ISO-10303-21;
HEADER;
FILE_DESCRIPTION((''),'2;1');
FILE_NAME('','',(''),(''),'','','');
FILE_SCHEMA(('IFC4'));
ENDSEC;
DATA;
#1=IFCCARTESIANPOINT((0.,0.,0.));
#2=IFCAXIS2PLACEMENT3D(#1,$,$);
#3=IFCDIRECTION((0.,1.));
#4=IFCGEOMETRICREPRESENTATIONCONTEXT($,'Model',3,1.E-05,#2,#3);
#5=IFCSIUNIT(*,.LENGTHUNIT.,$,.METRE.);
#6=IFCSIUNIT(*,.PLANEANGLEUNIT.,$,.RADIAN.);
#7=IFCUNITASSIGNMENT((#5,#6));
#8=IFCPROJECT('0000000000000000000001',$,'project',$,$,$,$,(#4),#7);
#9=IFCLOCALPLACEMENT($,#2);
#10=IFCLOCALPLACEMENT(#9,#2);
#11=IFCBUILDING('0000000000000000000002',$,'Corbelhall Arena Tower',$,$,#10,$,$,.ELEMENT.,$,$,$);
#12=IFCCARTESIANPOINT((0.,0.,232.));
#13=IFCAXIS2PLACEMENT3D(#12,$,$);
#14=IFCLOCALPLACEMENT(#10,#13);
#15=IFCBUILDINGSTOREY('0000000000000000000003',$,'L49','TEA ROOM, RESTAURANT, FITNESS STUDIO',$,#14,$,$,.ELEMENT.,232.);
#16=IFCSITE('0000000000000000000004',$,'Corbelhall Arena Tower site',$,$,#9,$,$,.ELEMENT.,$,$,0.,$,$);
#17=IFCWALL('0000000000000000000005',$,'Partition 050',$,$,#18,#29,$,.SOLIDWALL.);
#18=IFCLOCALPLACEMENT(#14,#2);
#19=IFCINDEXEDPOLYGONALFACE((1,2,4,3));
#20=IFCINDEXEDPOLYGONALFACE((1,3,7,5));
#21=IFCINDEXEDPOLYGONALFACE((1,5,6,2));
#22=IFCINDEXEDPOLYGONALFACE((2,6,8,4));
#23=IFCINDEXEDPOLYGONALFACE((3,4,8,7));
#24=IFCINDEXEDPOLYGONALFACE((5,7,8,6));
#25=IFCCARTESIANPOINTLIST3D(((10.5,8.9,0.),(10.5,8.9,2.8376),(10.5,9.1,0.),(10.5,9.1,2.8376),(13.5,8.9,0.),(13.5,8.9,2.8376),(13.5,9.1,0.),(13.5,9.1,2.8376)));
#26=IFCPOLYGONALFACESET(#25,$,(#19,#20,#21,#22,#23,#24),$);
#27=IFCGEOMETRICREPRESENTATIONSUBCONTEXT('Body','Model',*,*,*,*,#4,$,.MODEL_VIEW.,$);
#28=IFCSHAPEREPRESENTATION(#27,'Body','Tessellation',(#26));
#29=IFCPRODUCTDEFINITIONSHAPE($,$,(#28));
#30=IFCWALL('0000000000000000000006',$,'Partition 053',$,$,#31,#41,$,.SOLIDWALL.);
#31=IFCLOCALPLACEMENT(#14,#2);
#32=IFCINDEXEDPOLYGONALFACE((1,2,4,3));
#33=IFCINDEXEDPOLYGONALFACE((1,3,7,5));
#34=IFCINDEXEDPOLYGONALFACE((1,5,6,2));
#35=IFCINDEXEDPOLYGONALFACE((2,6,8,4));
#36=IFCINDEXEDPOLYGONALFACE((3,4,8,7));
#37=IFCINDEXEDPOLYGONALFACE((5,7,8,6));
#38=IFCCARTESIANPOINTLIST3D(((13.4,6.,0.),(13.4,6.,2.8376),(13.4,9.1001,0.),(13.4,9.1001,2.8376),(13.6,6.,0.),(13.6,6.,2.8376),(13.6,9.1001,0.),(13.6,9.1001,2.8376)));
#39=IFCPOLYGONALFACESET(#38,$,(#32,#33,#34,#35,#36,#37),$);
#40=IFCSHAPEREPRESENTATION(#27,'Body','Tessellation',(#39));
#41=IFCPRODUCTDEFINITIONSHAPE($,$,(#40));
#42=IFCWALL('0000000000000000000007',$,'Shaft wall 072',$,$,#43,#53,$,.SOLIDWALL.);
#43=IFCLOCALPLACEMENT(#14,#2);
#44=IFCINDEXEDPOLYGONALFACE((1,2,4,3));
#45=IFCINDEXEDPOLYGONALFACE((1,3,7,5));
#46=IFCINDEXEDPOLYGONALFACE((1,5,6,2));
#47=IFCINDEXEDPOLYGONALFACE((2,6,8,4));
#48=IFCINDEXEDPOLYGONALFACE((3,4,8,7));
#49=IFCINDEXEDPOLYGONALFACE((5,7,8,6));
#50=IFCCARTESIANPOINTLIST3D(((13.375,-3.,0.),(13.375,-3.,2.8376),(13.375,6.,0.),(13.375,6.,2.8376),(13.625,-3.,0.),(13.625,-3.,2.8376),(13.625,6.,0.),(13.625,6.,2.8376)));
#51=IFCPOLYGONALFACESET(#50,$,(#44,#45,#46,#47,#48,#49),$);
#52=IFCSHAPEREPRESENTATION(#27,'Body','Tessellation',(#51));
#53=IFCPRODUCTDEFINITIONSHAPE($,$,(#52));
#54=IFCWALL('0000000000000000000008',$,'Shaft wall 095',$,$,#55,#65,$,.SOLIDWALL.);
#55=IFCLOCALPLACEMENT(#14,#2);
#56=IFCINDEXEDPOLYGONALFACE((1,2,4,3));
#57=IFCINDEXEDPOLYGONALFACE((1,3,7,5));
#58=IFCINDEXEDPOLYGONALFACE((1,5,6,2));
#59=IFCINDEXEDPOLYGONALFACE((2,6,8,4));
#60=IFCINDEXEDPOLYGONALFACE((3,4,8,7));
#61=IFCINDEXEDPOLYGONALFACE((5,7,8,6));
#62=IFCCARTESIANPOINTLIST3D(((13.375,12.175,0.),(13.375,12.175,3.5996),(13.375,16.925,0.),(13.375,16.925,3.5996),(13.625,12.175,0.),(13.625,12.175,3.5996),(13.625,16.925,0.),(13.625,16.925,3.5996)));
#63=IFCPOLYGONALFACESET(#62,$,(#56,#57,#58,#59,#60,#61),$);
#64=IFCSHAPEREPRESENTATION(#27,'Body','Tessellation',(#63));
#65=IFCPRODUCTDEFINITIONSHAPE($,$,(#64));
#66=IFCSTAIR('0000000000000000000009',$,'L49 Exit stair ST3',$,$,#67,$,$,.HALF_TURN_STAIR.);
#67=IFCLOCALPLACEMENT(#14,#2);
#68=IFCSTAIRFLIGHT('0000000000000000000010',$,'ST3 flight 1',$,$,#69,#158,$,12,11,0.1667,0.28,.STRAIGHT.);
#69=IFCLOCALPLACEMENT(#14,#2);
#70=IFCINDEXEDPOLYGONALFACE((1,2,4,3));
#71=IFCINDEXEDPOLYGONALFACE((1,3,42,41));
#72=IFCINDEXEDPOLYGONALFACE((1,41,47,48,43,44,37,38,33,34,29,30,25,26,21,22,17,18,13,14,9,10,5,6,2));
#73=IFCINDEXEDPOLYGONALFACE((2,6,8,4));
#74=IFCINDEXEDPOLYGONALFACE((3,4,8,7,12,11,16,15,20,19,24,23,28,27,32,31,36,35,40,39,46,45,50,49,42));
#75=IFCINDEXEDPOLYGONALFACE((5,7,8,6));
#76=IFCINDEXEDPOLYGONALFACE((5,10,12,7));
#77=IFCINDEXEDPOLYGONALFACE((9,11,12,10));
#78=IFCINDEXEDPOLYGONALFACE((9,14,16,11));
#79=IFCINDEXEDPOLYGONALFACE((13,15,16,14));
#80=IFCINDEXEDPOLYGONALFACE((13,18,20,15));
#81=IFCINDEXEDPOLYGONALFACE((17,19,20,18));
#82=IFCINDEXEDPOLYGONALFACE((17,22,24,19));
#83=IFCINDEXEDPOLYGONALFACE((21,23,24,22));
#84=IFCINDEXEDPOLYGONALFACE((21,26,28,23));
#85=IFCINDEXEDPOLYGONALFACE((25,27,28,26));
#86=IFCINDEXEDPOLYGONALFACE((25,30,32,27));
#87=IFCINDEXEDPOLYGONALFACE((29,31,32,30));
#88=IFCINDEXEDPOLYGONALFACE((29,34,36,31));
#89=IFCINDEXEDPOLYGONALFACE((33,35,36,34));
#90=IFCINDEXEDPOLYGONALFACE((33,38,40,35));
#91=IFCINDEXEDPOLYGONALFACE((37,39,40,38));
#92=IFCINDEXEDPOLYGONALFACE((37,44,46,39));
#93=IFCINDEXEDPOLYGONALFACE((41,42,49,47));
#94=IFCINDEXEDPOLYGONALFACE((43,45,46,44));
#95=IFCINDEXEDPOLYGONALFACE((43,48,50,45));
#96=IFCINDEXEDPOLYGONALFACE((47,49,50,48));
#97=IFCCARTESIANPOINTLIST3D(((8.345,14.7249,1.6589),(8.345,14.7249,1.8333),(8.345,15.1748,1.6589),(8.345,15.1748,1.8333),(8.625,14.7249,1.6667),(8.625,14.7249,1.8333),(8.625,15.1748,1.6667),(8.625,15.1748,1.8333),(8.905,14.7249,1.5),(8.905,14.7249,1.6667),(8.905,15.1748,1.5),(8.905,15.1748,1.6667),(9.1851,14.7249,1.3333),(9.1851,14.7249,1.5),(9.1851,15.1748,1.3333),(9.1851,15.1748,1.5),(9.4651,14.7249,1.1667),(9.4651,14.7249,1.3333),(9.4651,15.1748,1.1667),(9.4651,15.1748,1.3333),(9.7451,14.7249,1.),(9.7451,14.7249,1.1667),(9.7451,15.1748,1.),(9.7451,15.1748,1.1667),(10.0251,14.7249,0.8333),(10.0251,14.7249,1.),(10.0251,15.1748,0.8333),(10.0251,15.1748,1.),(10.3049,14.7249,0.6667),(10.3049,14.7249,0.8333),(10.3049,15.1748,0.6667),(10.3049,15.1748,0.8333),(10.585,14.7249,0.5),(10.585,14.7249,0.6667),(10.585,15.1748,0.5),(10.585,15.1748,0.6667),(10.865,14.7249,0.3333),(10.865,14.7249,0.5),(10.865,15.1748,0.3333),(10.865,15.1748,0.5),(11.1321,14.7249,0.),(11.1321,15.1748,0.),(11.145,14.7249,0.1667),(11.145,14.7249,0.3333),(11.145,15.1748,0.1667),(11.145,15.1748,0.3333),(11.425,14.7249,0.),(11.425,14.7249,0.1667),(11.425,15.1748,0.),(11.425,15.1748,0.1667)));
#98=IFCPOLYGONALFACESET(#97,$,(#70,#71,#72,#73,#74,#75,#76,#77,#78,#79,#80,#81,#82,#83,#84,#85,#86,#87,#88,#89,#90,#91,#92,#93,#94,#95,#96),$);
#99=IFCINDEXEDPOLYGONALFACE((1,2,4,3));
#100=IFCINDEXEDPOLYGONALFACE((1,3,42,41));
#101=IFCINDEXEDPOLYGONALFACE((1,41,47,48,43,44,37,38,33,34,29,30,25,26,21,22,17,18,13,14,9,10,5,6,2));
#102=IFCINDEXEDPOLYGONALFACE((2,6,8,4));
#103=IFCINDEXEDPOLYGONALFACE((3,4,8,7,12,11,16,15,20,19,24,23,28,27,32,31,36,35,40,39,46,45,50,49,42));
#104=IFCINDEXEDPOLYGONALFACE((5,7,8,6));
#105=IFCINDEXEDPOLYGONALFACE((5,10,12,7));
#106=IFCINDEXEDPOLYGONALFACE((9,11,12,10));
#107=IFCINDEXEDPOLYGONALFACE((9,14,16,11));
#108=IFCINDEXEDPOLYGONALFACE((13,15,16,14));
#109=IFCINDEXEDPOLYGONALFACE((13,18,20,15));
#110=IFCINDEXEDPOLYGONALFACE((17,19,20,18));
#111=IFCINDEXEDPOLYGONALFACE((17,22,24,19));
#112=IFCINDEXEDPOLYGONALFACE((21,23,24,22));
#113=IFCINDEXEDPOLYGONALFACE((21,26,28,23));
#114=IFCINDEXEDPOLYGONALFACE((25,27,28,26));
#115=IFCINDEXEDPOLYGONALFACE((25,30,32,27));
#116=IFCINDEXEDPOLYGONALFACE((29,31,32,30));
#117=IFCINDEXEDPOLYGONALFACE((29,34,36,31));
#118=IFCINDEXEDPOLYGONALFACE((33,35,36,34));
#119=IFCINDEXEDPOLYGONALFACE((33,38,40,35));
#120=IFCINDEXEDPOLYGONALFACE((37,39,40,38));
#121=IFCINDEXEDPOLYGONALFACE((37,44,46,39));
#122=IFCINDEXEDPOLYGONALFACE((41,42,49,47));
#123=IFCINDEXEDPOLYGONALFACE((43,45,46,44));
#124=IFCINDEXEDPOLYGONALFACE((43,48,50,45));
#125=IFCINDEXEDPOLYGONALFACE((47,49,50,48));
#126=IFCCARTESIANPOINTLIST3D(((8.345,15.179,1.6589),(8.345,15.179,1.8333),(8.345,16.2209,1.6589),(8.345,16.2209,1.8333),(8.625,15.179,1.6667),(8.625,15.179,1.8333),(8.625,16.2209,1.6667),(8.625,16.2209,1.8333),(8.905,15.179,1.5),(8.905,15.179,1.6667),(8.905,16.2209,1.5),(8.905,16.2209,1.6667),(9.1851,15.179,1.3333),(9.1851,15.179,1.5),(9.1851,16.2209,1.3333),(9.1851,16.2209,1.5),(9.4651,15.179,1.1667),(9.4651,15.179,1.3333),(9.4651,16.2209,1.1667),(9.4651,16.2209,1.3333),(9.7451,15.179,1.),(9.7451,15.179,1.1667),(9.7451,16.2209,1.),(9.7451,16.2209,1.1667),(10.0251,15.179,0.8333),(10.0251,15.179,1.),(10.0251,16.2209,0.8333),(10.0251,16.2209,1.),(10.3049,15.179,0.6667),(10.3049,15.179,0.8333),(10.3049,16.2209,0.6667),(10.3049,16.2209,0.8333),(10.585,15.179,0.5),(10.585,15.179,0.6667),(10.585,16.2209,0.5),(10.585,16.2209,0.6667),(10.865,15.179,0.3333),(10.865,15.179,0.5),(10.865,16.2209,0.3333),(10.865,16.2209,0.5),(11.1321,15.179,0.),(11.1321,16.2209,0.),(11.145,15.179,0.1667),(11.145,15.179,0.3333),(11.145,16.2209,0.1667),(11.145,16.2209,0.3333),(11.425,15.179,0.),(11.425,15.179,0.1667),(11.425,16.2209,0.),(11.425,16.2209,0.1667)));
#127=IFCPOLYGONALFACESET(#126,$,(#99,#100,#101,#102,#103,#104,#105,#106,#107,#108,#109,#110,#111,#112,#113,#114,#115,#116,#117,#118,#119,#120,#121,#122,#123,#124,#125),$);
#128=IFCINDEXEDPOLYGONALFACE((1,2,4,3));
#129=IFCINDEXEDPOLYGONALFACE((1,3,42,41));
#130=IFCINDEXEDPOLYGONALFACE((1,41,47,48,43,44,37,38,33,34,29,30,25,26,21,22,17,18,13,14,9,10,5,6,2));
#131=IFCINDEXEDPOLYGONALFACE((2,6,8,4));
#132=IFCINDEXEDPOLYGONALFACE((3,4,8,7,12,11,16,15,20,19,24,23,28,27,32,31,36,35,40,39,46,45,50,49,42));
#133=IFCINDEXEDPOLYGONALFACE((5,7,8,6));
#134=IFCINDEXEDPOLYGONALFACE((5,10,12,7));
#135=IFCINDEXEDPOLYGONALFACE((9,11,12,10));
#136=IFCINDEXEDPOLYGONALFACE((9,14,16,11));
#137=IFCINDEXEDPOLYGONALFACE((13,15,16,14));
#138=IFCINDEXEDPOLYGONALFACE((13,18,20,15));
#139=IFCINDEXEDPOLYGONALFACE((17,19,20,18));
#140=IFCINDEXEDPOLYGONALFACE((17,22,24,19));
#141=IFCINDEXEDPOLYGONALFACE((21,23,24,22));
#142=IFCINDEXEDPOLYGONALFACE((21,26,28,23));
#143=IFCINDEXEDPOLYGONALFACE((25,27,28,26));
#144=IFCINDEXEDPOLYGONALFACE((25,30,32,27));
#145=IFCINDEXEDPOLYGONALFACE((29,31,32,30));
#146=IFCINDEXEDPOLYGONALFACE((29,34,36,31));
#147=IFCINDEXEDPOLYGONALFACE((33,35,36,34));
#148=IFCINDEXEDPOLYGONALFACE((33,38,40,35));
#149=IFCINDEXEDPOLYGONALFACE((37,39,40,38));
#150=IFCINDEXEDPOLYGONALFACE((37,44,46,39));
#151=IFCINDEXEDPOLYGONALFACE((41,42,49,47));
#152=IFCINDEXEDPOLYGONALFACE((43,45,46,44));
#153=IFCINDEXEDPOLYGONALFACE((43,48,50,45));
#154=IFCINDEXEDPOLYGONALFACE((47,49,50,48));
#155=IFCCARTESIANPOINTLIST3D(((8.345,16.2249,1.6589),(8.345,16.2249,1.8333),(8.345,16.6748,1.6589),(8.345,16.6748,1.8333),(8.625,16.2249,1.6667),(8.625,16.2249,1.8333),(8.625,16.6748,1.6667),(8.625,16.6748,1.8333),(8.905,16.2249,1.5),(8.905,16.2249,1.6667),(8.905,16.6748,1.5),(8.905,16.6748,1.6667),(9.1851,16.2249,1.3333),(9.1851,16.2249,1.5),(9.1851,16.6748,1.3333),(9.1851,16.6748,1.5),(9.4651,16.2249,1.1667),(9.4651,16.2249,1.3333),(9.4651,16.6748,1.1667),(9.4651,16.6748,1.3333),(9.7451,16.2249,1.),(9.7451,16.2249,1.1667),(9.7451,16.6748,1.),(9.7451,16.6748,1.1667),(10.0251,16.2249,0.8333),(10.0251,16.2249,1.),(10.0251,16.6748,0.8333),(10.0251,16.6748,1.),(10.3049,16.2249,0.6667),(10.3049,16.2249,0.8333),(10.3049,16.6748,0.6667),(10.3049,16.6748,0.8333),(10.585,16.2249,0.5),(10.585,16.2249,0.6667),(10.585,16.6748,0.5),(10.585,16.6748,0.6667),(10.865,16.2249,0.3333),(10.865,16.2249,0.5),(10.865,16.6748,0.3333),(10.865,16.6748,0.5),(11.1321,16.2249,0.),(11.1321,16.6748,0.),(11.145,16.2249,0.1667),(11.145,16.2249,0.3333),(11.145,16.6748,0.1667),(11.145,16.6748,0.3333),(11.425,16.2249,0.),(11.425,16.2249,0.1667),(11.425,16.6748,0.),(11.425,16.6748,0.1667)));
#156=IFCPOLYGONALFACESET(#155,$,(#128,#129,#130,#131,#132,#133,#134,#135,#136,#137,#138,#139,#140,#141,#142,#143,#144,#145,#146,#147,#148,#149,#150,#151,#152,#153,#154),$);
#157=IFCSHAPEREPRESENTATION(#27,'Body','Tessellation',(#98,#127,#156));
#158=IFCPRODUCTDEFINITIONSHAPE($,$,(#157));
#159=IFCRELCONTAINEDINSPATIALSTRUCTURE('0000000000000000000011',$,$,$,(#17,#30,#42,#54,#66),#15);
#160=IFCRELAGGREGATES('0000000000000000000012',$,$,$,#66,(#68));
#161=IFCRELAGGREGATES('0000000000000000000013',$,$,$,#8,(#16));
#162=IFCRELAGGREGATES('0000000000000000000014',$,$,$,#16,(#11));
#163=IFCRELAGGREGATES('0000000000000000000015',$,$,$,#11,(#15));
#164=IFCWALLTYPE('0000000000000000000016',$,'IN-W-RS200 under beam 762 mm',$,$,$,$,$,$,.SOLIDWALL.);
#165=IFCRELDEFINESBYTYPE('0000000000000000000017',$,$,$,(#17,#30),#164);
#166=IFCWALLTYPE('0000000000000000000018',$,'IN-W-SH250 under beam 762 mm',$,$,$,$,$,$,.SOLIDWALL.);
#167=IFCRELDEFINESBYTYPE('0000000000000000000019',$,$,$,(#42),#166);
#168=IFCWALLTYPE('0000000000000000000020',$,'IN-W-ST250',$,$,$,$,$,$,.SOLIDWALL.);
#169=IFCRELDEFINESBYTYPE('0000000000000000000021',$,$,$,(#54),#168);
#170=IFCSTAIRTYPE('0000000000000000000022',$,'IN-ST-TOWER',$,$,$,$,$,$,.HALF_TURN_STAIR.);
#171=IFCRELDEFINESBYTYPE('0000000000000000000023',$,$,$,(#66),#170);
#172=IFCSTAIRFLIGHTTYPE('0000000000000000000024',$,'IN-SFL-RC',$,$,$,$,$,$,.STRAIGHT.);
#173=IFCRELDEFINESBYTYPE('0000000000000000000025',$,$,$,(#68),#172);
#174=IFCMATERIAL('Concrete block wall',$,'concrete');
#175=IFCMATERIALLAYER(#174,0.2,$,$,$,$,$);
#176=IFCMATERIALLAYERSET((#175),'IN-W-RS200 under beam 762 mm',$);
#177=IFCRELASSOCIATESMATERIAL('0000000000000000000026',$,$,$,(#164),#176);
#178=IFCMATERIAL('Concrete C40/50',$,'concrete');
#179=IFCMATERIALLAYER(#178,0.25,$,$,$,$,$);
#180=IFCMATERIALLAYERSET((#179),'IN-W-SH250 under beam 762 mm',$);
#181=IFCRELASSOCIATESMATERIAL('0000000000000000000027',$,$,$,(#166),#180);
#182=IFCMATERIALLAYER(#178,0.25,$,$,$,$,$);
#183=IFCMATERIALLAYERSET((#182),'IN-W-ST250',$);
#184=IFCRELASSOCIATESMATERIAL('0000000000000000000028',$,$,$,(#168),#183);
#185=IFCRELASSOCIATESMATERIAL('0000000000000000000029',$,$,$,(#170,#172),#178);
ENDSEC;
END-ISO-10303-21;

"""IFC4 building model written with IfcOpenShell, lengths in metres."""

from ifc_helpers import new_model, si_unit, direction, frame, frame_2d, origin, place, context, subcontext, project, spatial, polyline, rectangle, outline, extrude, material, layer, layer_set, type_object, element, aggregate, save


model = new_model("IFC4")

# Units and contexts
model_context = context("Model", 3, precision=1e-05, world=origin(), true_north=direction((0.0, 1.0)))
body_context = subcontext(model_context, "Body", "Model", "MODEL_VIEW")
ifc_project = project(units=[si_unit("LENGTHUNIT", "METRE"), si_unit("PLANEANGLEUNIT", "RADIAN")], contexts=[model_context])

# Site, building, storey
site_placement = place(None, origin())
site = spatial("IfcSite", under=ifc_project, at=site_placement, Name="Corbelhall Arena Tower site", CompositionType="ELEMENT", RefElevation=0.0)
building_placement = place(site_placement, origin())
building = spatial("IfcBuilding", under=site, at=building_placement, Name="Corbelhall Arena Tower", CompositionType="ELEMENT")
storey_placement = place(building_placement, frame((0.0, 0.0, 232.0)))
storey = spatial("IfcBuildingStorey", under=building, at=storey_placement, Name="L49", Description="TEA ROOM, RESTAURANT, FITNESS STUDIO", CompositionType="ELEMENT", Elevation=232.0)

# Shared definitions
ifc_material_1 = material(Name="Concrete block wall", Category="concrete")

# Walls
ifc_layer_1 = layer(ifc_material_1, 0.2)
ifc_layer_set_1 = layer_set([ifc_layer_1], Name="IN-W-RS200 under beam 762 mm")
wall_type_1 = type_object("IfcWallType", Name="IN-W-RS200 under beam 762 mm", PredefinedType="SOLIDWALL", material=ifc_layer_set_1)
wall_1_placement = place(storey_placement, frame((10.5, 9.0, 0.0), z_axis=(0.0, 0.0, 1.0), x_axis=(1.0, 0.0, 0.0)))
element("IfcWall", 1, at=wall_1_placement, inside=storey, type_object=wall_type_1, Name="Partition 050", PredefinedType="SOLIDWALL", context=body_context, shape_type="SweptSolid", body=[
    extrude(rectangle(XDim=3.0, YDim=0.2, at=frame_2d((1.5, 0.0))), origin(), (0.0, 0.0, 1.0), 2.8376),
])
wall_2_placement = place(storey_placement, frame((13.5, 9.1001, 0.0), z_axis=(0.0, 0.0, 1.0), x_axis=(0.0, -1.0, 0.0)))
element("IfcWall", 2, at=wall_2_placement, inside=storey, type_object=wall_type_1, Name="Partition 053", PredefinedType="SOLIDWALL", context=body_context, shape_type="SweptSolid", body=[
    extrude(rectangle(XDim=3.1001, YDim=0.2, at=frame_2d((1.55, 0.0))), origin(), (0.0, 0.0, 1.0), 2.8376),
])
ifc_material_2 = material(Name="Concrete C40/50", Category="concrete")
ifc_layer_2 = layer(ifc_material_2, 0.25)
ifc_layer_set_2 = layer_set([ifc_layer_2], Name="IN-W-SH250 under beam 762 mm")
wall_type_2 = type_object("IfcWallType", Name="IN-W-SH250 under beam 762 mm", PredefinedType="SOLIDWALL", material=ifc_layer_set_2)
wall_3_placement = place(storey_placement, frame((13.5, 6.0, 0.0), z_axis=(0.0, 0.0, 1.0), x_axis=(0.0, -1.0, 0.0)))
element("IfcWall", 3, at=wall_3_placement, inside=storey, type_object=wall_type_2, Name="Shaft wall 072", PredefinedType="SOLIDWALL", context=body_context, shape_type="SweptSolid", body=[
    extrude(rectangle(XDim=9.0, YDim=0.25, at=frame_2d((4.5, 0.0))), origin(), (0.0, 0.0, 1.0), 2.8376),
])
ifc_layer_3 = layer(ifc_material_2, 0.25)
ifc_layer_set_3 = layer_set([ifc_layer_3], Name="IN-W-ST250")
wall_type_3 = type_object("IfcWallType", Name="IN-W-ST250", PredefinedType="SOLIDWALL", material=ifc_layer_set_3)
wall_4_placement = place(storey_placement, frame((13.5, 12.175, 0.0), z_axis=(0.0, 0.0, 1.0), x_axis=(0.0, 1.0, 0.0)))
element("IfcWall", 4, at=wall_4_placement, inside=storey, type_object=wall_type_3, Name="Shaft wall 095", PredefinedType="SOLIDWALL", context=body_context, shape_type="SweptSolid", body=[
    extrude(rectangle(XDim=4.75, YDim=0.25, at=frame_2d((2.375, 0.0))), origin(), (0.0, 0.0, 1.0), 3.5996),
])

# Stair, stair flight
stair_type = type_object("IfcStairType", Name="IN-ST-TOWER", PredefinedType="HALF_TURN_STAIR", material=ifc_material_2)
stair_placement = place(storey_placement, origin())
stair = element("IfcStair", 5, at=stair_placement, inside=storey, type_object=stair_type, Name="L49 Exit stair ST3", PredefinedType="HALF_TURN_STAIR")
stair_flight_type = type_object("IfcStairFlightType", Name="IN-SFL-RC", PredefinedType="STRAIGHT", material=ifc_material_2)
stair_flight_placement = place(storey_placement, frame((11.425, 15.7, 0.0), z_axis=(0.0, 0.0, 1.0), x_axis=(-1.0, 0.0, 0.0)))
stair_flight = element("IfcStairFlight", 6, at=stair_flight_placement, type_object=stair_flight_type, Name="ST3 flight 1", NumberOfRisers=12, NumberOfTreads=11, PredefinedType="STRAIGHT", RiserHeight=0.1667, TreadLength=0.28, context=body_context, shape_type="SweptSolid", body=[
    extrude(outline(polyline([(0.0, 0.0), (0.0, 0.1667), (0.28, 0.1667), (0.28, 0.3333), (0.5601, 0.3333), (0.5601, 0.5), (0.8401, 0.5), (0.8401, 0.6667), (1.1201, 0.6667), (1.1201, 0.8333), (1.3999, 0.8333), (1.3999, 1.0), (1.6799, 1.0), (1.6799, 1.1667), (1.96, 1.1667), (1.96, 1.3333), (2.24, 1.3333), (2.24, 1.5), (2.52, 1.5), (2.52, 1.6667), (2.8, 1.6667), (2.8, 1.8333), (3.0801, 1.8333), (3.0801, 2.0), (3.0801, 1.6589), (0.293, 0.0), (0.0, 0.0)])), frame((0.0, 0.9751, 0.0), z_axis=(0.0, -1.0, 0.0), x_axis=(1.0, 0.0, 0.0)), (0.0, 0.0, 1.0), 0.45),
    extrude(outline(polyline([(0.0, 0.0), (0.0, 0.1667), (0.28, 0.1667), (0.28, 0.3333), (0.5601, 0.3333), (0.5601, 0.5), (0.8401, 0.5), (0.8401, 0.6667), (1.1201, 0.6667), (1.1201, 0.8333), (1.3999, 0.8333), (1.3999, 1.0), (1.6799, 1.0), (1.6799, 1.1667), (1.96, 1.1667), (1.96, 1.3333), (2.24, 1.3333), (2.24, 1.5), (2.52, 1.5), (2.52, 1.6667), (2.8, 1.6667), (2.8, 1.8333), (3.0801, 1.8333), (3.0801, 2.0), (3.0801, 1.6589), (0.293, 0.0), (0.0, 0.0)])), frame((0.0, 0.521, 0.0), z_axis=(0.0, -1.0, 0.0), x_axis=(1.0, 0.0, 0.0)), (0.0, 0.0, 1.0), 1.042),
    extrude(outline(polyline([(0.0, 0.0), (0.0, 0.1667), (0.28, 0.1667), (0.28, 0.3333), (0.5601, 0.3333), (0.5601, 0.5), (0.8401, 0.5), (0.8401, 0.6667), (1.1201, 0.6667), (1.1201, 0.8333), (1.3999, 0.8333), (1.3999, 1.0), (1.6799, 1.0), (1.6799, 1.1667), (1.96, 1.1667), (1.96, 1.3333), (2.24, 1.3333), (2.24, 1.5), (2.52, 1.5), (2.52, 1.6667), (2.8, 1.6667), (2.8, 1.8333), (3.0801, 1.8333), (3.0801, 2.0), (3.0801, 1.6589), (0.293, 0.0), (0.0, 0.0)])), frame((0.0, -0.5249, 0.0), z_axis=(0.0, -1.0, 0.0), x_axis=(1.0, 0.0, 0.0)), (0.0, 0.0, 1.0), 0.45),
])
aggregate(stair, [stair_flight])

save(model, "model.ifc")
